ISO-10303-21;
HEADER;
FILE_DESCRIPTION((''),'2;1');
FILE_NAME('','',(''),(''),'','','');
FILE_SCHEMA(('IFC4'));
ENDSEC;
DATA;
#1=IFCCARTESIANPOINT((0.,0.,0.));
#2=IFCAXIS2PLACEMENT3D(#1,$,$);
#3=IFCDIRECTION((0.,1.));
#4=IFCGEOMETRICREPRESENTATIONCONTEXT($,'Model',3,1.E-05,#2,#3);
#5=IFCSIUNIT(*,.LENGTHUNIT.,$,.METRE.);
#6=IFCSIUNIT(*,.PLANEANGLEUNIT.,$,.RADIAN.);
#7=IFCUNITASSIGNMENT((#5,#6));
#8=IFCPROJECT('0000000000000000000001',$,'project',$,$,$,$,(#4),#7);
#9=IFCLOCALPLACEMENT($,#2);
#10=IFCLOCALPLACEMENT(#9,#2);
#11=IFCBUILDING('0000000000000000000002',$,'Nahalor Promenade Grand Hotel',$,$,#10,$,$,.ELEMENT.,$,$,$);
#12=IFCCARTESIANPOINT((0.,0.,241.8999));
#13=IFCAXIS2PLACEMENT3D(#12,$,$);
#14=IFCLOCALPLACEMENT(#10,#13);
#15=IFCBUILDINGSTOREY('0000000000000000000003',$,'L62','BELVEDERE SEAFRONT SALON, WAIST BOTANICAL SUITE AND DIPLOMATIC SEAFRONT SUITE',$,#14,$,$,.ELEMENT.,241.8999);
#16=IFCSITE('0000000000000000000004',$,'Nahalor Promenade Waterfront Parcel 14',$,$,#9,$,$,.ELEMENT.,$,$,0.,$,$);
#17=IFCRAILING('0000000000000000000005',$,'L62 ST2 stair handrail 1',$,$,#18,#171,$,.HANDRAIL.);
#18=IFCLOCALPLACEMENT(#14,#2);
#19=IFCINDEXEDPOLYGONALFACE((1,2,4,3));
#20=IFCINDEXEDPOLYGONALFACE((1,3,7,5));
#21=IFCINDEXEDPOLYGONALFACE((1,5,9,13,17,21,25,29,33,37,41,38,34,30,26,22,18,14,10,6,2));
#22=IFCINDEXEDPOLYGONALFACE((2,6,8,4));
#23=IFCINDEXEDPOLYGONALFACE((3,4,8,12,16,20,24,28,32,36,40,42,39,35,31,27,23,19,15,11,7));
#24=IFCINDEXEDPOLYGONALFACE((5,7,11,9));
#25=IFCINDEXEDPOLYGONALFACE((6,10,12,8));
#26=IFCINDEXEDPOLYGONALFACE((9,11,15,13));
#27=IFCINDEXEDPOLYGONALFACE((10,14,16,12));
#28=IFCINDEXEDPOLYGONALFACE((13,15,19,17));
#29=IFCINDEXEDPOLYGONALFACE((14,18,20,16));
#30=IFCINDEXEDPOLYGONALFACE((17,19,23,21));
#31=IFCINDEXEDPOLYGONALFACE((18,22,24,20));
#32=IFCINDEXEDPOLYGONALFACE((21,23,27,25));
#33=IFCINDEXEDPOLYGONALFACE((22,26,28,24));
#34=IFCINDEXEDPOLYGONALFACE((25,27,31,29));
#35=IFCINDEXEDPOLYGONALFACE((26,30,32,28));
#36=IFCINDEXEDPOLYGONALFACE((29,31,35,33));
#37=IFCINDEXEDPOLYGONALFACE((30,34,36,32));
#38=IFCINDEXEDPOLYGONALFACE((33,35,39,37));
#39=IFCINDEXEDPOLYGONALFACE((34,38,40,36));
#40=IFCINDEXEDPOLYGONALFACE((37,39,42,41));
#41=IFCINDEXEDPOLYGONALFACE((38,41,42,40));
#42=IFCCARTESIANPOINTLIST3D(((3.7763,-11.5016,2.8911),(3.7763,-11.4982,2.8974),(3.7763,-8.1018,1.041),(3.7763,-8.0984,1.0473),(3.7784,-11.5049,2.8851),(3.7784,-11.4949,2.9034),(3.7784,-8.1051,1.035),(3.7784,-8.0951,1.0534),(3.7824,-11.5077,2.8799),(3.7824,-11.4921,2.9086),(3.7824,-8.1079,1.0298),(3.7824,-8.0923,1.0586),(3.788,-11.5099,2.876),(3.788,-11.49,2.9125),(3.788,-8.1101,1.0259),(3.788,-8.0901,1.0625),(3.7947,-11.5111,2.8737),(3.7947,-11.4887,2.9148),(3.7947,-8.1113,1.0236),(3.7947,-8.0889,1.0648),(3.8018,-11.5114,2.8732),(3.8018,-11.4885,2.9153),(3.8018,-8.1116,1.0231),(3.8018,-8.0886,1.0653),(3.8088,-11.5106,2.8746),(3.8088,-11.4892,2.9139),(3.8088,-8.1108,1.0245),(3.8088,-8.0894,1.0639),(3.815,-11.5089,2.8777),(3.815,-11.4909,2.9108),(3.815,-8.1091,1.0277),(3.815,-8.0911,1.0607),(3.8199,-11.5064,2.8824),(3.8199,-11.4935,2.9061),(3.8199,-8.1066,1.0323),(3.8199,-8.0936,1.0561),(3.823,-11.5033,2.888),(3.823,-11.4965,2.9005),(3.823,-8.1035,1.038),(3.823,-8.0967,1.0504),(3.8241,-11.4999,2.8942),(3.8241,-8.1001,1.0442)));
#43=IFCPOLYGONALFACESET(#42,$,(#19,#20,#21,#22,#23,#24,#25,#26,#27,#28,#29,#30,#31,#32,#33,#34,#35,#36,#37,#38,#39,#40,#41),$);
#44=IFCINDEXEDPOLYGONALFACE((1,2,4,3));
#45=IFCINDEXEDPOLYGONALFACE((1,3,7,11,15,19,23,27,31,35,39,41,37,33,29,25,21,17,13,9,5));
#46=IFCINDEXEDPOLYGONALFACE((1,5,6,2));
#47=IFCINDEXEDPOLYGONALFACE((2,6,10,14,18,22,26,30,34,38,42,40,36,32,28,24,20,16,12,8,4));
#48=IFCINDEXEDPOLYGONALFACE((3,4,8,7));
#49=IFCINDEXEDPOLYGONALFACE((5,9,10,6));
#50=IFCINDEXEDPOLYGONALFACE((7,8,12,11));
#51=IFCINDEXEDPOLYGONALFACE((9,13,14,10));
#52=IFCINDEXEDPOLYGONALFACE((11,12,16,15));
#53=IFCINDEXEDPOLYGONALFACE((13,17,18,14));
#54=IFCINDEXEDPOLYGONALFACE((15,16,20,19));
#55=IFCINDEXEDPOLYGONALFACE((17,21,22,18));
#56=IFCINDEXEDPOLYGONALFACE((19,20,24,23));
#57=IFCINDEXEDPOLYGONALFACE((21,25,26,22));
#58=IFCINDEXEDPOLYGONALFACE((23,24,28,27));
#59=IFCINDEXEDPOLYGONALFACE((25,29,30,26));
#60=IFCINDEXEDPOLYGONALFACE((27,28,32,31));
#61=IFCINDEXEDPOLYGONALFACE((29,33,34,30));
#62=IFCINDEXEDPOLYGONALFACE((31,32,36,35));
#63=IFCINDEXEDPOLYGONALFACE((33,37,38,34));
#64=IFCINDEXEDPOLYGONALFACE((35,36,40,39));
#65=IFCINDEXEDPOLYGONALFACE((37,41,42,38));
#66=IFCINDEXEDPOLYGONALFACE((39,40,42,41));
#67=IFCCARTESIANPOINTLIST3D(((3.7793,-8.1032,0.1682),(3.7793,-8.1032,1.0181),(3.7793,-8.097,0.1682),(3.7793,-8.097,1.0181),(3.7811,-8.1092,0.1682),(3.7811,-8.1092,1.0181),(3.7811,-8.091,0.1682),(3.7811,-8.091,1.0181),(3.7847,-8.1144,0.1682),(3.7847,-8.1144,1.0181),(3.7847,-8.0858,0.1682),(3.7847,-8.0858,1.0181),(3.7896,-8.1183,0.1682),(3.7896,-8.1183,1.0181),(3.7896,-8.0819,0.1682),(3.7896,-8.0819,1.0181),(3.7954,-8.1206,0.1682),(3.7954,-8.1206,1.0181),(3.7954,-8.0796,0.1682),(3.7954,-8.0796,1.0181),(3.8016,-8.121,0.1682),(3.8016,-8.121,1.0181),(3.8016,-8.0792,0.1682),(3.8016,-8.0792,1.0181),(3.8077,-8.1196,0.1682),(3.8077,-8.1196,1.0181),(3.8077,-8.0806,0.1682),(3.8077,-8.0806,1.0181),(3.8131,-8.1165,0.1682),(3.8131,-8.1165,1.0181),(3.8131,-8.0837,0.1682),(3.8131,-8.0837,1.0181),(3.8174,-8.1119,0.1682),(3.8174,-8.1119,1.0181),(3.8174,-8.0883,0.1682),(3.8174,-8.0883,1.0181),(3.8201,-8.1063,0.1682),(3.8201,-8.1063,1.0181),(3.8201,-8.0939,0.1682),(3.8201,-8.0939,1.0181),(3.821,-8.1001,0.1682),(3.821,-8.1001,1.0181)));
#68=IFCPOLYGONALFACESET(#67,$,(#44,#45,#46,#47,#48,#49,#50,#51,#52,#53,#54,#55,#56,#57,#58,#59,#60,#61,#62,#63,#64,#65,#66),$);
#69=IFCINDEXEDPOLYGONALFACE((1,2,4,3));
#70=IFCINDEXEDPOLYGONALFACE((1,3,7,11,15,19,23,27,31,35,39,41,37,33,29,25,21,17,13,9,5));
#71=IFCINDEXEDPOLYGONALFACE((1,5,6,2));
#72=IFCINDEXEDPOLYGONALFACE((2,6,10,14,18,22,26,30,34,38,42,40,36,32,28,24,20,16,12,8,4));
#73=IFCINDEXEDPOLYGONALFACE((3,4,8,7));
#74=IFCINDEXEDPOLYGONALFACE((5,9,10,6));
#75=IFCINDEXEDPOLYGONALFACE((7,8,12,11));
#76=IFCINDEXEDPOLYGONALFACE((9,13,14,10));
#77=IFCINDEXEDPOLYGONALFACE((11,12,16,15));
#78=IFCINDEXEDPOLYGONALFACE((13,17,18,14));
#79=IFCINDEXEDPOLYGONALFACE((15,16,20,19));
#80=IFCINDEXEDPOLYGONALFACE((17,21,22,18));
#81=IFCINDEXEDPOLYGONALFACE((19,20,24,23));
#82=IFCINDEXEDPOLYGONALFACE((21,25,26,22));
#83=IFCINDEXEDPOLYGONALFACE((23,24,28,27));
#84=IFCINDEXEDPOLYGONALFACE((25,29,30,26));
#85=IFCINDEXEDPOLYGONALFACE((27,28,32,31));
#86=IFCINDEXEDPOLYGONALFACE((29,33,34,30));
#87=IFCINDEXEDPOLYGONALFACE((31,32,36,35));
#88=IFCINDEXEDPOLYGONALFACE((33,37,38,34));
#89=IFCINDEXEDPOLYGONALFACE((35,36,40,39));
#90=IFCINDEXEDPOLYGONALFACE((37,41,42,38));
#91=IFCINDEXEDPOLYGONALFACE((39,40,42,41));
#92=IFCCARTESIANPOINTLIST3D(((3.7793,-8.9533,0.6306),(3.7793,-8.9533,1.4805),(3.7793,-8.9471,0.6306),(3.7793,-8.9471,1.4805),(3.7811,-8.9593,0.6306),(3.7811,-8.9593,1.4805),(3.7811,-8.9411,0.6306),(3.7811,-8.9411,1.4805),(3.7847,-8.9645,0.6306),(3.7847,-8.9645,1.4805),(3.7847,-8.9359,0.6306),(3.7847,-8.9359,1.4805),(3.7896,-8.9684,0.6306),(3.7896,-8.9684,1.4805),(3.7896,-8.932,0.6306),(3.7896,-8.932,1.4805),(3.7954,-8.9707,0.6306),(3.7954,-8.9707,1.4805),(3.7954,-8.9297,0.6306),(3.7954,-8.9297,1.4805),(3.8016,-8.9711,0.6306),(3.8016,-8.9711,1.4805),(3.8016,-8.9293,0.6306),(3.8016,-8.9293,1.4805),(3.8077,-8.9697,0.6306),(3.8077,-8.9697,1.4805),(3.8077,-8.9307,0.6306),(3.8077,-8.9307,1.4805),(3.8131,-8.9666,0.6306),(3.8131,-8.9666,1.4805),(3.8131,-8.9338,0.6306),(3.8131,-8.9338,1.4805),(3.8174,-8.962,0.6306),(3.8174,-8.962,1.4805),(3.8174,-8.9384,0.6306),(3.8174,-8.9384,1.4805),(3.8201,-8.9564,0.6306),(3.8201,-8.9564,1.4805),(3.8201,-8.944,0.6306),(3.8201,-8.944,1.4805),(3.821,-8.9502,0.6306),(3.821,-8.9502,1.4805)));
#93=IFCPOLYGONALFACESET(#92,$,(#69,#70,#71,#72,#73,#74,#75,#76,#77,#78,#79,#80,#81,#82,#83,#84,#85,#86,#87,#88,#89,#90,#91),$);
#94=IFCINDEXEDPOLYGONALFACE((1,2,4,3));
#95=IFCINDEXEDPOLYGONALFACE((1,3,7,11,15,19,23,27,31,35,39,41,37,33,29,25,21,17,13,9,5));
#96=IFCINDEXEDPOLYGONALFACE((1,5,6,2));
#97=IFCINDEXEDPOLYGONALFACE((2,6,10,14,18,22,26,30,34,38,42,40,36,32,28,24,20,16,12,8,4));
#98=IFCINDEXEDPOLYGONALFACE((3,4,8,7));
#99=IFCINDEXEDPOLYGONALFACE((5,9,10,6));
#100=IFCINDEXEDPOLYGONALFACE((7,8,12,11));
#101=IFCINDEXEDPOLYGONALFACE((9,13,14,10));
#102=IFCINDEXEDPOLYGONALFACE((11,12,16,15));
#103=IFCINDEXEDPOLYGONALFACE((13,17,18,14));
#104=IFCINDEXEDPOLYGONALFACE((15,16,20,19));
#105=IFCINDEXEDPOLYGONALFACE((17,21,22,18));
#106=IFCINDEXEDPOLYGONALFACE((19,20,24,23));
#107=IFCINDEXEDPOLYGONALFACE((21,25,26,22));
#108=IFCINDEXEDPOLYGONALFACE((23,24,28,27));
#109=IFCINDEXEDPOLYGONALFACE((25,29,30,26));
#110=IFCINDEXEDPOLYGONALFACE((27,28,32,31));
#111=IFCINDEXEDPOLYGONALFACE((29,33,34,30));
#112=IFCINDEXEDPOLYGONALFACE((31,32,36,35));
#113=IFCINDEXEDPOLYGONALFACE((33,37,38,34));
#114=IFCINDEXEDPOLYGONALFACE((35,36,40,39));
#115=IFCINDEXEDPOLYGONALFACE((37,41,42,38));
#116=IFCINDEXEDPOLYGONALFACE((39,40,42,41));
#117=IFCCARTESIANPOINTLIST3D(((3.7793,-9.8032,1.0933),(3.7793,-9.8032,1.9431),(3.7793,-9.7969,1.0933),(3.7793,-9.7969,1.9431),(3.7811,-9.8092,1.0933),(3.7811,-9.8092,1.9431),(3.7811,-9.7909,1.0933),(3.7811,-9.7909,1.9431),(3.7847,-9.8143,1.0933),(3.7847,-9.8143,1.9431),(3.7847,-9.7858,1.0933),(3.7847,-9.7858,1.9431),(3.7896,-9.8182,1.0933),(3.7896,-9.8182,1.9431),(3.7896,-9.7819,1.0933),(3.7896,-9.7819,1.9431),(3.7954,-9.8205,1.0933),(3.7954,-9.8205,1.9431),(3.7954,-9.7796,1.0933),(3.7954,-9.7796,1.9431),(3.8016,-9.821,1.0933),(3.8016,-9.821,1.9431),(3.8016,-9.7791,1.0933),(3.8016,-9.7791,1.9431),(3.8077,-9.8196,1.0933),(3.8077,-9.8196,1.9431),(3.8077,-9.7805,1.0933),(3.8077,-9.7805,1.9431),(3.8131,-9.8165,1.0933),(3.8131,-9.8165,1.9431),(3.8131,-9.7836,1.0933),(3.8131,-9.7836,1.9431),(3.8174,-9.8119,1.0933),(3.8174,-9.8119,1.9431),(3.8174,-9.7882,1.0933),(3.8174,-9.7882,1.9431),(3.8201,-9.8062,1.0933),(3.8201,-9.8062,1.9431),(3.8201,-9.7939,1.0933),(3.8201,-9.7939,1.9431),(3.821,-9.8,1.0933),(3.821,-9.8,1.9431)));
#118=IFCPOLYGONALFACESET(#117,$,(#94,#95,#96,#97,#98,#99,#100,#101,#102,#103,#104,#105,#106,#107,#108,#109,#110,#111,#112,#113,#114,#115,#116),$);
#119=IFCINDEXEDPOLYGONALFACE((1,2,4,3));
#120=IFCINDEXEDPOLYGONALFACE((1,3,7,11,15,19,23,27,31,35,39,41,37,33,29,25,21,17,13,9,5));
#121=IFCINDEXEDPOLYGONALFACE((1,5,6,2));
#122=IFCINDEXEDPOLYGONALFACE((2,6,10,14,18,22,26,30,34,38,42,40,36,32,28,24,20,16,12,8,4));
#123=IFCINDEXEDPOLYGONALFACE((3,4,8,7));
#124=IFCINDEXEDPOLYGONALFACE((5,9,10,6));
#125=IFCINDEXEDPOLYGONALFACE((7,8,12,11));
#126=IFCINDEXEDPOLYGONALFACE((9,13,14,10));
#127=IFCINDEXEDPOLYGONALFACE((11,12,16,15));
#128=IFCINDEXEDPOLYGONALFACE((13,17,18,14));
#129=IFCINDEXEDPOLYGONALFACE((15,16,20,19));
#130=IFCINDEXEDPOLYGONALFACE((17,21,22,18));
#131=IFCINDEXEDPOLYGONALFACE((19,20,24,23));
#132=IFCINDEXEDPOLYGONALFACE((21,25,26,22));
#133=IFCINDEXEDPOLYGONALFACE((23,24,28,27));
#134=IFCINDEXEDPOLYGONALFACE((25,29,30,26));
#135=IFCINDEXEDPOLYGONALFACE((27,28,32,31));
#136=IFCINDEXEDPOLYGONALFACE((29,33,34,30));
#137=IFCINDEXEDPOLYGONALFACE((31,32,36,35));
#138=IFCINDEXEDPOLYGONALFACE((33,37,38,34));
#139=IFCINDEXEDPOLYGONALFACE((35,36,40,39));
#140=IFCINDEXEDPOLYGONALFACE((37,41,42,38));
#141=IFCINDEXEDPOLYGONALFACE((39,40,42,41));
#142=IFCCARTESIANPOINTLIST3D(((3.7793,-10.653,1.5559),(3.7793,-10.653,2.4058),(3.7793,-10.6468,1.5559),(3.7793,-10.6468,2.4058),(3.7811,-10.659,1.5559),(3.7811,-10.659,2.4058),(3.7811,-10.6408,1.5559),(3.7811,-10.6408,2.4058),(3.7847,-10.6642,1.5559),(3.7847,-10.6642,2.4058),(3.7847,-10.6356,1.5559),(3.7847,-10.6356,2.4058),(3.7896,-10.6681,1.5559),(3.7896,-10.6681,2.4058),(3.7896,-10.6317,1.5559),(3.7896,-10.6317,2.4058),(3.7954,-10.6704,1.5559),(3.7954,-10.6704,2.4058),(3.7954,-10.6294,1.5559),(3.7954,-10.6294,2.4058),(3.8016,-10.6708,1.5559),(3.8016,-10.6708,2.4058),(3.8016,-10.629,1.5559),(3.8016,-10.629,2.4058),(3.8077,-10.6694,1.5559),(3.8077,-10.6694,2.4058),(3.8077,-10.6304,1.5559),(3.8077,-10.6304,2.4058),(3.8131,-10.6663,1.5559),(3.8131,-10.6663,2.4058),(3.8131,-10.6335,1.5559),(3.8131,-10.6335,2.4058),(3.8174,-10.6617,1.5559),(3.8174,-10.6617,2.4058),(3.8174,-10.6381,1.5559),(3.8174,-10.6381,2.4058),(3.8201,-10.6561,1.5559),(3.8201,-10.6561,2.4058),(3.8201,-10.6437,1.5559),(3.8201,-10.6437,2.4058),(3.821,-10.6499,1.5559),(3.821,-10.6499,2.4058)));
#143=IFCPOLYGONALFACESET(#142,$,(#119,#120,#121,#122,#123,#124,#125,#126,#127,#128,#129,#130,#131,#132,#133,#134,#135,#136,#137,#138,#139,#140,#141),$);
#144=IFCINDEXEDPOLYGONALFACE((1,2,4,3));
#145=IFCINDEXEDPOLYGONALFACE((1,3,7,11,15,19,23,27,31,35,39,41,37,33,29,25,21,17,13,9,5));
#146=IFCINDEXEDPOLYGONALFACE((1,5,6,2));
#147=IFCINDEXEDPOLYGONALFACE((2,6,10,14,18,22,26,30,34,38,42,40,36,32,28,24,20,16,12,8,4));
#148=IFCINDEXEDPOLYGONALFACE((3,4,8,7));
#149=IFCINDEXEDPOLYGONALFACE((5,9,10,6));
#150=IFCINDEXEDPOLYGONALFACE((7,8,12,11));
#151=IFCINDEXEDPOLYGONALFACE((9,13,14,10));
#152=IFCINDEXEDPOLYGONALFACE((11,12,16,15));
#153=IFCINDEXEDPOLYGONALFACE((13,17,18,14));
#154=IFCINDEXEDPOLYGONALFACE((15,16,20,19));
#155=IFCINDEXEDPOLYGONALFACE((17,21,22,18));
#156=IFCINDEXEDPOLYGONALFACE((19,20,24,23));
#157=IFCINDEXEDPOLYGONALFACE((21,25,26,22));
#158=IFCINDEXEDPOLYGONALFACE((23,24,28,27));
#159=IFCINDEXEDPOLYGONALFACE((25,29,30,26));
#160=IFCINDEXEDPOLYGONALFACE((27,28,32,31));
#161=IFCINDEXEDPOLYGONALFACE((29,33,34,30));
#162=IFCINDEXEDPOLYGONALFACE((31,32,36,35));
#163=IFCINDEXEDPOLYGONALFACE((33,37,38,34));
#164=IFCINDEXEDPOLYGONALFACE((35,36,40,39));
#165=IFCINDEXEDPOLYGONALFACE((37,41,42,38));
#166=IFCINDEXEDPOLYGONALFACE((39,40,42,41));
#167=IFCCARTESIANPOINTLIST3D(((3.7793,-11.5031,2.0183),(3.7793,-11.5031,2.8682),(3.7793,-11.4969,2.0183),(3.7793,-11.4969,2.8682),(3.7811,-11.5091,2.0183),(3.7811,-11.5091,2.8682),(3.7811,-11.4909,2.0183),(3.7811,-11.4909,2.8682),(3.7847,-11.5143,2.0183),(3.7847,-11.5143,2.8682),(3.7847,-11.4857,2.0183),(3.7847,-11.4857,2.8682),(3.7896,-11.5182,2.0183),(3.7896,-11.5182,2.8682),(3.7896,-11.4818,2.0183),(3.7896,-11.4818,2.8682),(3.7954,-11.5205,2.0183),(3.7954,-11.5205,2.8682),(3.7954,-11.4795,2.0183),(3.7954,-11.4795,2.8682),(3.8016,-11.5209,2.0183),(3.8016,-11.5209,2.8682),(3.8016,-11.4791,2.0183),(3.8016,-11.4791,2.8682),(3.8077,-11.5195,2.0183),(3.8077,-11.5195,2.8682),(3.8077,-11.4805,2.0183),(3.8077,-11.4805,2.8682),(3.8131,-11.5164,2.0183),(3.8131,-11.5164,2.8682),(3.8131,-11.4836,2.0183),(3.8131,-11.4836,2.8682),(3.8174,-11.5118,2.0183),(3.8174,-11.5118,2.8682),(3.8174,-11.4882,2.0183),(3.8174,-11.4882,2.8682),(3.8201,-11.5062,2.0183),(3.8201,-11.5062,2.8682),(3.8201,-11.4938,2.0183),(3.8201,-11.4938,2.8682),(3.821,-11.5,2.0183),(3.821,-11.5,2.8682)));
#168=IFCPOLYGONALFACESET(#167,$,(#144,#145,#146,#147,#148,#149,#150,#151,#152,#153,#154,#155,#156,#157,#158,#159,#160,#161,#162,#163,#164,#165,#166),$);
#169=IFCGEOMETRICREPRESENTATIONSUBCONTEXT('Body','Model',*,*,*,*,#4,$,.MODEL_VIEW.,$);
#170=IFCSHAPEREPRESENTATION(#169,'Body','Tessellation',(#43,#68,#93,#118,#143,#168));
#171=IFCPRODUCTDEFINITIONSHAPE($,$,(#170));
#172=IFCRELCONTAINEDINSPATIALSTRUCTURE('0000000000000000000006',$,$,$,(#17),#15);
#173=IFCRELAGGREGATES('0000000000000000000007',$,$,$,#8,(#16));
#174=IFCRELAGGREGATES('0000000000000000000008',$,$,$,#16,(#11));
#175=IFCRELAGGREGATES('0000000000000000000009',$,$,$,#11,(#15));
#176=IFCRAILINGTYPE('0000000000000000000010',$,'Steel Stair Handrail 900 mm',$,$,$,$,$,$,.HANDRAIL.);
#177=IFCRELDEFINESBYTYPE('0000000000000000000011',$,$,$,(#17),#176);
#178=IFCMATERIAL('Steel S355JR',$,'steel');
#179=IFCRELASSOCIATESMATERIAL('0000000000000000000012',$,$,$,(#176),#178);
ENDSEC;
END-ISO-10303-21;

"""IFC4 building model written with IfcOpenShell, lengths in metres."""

from ifc_helpers import new_model, si_unit, direction, frame, origin, origin_2d, place, context, subcontext, project, spatial, circle, extrude, material, type_object, element, save


model = new_model("IFC4")

# Units and contexts
model_context = context("Model", 3, precision=1e-05, world=origin(), true_north=direction((0.0, 1.0)))
body_context = subcontext(model_context, "Body", "Model", "MODEL_VIEW")
ifc_project = project(units=[si_unit("LENGTHUNIT", "METRE"), si_unit("PLANEANGLEUNIT", "RADIAN")], contexts=[model_context])

# Site, building, storey
site_placement = place(None, origin())
site = spatial("IfcSite", under=ifc_project, at=site_placement, Name="Nahalor Promenade Waterfront Parcel 14", CompositionType="ELEMENT", RefElevation=0.0)
building_placement = place(site_placement, origin())
building = spatial("IfcBuilding", under=site, at=building_placement, Name="Nahalor Promenade Grand Hotel", CompositionType="ELEMENT")
storey_placement = place(building_placement, frame((0.0, 0.0, 241.8999)))
storey = spatial("IfcBuildingStorey", under=building, at=storey_placement, Name="L62", Description="BELVEDERE SEAFRONT SALON, WAIST BOTANICAL SUITE AND DIPLOMATIC SEAFRONT SUITE", CompositionType="ELEMENT", Elevation=241.8999)

# Shared definitions
ifc_material_1 = material(Name="Steel S355JR", Category="steel")

# Railing
railing_type_1 = type_object("IfcRailingType", Name="Steel Stair Handrail 900 mm", PredefinedType="HANDRAIL", material=ifc_material_1)
railing_1_placement = place(storey_placement, frame((3.8, -8.1001, 0.1682)))
element("IfcRailing", 1, at=railing_1_placement, inside=storey, type_object=railing_type_1, Name="L62 ST2 stair handrail 1", PredefinedType="HANDRAIL", context=body_context, shape_type="SweptSolid", body=[
    extrude(circle(Radius=0.024, at=origin_2d()), frame((0.0, 0.0, 0.876), z_axis=(0.0, -0.878372, 0.477977), x_axis=(1.0, 0.0, 0.0)), (0.0, 0.0, 1.0), 3.8706),
    extrude(circle(Radius=0.021, at=origin_2d()), origin(), (0.0, 0.0, 1.0), 0.8499),
    extrude(circle(Radius=0.021, at=origin_2d()), frame((0.0, -0.8501, 0.4624)), (0.0, 0.0, 1.0), 0.8499),
    extrude(circle(Radius=0.021, at=origin_2d()), frame((0.0, -1.7, 0.925)), (0.0, 0.0, 1.0), 0.8499),
    extrude(circle(Radius=0.021, at=origin_2d()), frame((0.0, -2.5498, 1.3877)), (0.0, 0.0, 1.0), 0.8499),
    extrude(circle(Radius=0.021, at=origin_2d()), frame((0.0, -3.3999, 1.8501)), (0.0, 0.0, 1.0), 0.8499),
])

save(model, "model.ifc")
